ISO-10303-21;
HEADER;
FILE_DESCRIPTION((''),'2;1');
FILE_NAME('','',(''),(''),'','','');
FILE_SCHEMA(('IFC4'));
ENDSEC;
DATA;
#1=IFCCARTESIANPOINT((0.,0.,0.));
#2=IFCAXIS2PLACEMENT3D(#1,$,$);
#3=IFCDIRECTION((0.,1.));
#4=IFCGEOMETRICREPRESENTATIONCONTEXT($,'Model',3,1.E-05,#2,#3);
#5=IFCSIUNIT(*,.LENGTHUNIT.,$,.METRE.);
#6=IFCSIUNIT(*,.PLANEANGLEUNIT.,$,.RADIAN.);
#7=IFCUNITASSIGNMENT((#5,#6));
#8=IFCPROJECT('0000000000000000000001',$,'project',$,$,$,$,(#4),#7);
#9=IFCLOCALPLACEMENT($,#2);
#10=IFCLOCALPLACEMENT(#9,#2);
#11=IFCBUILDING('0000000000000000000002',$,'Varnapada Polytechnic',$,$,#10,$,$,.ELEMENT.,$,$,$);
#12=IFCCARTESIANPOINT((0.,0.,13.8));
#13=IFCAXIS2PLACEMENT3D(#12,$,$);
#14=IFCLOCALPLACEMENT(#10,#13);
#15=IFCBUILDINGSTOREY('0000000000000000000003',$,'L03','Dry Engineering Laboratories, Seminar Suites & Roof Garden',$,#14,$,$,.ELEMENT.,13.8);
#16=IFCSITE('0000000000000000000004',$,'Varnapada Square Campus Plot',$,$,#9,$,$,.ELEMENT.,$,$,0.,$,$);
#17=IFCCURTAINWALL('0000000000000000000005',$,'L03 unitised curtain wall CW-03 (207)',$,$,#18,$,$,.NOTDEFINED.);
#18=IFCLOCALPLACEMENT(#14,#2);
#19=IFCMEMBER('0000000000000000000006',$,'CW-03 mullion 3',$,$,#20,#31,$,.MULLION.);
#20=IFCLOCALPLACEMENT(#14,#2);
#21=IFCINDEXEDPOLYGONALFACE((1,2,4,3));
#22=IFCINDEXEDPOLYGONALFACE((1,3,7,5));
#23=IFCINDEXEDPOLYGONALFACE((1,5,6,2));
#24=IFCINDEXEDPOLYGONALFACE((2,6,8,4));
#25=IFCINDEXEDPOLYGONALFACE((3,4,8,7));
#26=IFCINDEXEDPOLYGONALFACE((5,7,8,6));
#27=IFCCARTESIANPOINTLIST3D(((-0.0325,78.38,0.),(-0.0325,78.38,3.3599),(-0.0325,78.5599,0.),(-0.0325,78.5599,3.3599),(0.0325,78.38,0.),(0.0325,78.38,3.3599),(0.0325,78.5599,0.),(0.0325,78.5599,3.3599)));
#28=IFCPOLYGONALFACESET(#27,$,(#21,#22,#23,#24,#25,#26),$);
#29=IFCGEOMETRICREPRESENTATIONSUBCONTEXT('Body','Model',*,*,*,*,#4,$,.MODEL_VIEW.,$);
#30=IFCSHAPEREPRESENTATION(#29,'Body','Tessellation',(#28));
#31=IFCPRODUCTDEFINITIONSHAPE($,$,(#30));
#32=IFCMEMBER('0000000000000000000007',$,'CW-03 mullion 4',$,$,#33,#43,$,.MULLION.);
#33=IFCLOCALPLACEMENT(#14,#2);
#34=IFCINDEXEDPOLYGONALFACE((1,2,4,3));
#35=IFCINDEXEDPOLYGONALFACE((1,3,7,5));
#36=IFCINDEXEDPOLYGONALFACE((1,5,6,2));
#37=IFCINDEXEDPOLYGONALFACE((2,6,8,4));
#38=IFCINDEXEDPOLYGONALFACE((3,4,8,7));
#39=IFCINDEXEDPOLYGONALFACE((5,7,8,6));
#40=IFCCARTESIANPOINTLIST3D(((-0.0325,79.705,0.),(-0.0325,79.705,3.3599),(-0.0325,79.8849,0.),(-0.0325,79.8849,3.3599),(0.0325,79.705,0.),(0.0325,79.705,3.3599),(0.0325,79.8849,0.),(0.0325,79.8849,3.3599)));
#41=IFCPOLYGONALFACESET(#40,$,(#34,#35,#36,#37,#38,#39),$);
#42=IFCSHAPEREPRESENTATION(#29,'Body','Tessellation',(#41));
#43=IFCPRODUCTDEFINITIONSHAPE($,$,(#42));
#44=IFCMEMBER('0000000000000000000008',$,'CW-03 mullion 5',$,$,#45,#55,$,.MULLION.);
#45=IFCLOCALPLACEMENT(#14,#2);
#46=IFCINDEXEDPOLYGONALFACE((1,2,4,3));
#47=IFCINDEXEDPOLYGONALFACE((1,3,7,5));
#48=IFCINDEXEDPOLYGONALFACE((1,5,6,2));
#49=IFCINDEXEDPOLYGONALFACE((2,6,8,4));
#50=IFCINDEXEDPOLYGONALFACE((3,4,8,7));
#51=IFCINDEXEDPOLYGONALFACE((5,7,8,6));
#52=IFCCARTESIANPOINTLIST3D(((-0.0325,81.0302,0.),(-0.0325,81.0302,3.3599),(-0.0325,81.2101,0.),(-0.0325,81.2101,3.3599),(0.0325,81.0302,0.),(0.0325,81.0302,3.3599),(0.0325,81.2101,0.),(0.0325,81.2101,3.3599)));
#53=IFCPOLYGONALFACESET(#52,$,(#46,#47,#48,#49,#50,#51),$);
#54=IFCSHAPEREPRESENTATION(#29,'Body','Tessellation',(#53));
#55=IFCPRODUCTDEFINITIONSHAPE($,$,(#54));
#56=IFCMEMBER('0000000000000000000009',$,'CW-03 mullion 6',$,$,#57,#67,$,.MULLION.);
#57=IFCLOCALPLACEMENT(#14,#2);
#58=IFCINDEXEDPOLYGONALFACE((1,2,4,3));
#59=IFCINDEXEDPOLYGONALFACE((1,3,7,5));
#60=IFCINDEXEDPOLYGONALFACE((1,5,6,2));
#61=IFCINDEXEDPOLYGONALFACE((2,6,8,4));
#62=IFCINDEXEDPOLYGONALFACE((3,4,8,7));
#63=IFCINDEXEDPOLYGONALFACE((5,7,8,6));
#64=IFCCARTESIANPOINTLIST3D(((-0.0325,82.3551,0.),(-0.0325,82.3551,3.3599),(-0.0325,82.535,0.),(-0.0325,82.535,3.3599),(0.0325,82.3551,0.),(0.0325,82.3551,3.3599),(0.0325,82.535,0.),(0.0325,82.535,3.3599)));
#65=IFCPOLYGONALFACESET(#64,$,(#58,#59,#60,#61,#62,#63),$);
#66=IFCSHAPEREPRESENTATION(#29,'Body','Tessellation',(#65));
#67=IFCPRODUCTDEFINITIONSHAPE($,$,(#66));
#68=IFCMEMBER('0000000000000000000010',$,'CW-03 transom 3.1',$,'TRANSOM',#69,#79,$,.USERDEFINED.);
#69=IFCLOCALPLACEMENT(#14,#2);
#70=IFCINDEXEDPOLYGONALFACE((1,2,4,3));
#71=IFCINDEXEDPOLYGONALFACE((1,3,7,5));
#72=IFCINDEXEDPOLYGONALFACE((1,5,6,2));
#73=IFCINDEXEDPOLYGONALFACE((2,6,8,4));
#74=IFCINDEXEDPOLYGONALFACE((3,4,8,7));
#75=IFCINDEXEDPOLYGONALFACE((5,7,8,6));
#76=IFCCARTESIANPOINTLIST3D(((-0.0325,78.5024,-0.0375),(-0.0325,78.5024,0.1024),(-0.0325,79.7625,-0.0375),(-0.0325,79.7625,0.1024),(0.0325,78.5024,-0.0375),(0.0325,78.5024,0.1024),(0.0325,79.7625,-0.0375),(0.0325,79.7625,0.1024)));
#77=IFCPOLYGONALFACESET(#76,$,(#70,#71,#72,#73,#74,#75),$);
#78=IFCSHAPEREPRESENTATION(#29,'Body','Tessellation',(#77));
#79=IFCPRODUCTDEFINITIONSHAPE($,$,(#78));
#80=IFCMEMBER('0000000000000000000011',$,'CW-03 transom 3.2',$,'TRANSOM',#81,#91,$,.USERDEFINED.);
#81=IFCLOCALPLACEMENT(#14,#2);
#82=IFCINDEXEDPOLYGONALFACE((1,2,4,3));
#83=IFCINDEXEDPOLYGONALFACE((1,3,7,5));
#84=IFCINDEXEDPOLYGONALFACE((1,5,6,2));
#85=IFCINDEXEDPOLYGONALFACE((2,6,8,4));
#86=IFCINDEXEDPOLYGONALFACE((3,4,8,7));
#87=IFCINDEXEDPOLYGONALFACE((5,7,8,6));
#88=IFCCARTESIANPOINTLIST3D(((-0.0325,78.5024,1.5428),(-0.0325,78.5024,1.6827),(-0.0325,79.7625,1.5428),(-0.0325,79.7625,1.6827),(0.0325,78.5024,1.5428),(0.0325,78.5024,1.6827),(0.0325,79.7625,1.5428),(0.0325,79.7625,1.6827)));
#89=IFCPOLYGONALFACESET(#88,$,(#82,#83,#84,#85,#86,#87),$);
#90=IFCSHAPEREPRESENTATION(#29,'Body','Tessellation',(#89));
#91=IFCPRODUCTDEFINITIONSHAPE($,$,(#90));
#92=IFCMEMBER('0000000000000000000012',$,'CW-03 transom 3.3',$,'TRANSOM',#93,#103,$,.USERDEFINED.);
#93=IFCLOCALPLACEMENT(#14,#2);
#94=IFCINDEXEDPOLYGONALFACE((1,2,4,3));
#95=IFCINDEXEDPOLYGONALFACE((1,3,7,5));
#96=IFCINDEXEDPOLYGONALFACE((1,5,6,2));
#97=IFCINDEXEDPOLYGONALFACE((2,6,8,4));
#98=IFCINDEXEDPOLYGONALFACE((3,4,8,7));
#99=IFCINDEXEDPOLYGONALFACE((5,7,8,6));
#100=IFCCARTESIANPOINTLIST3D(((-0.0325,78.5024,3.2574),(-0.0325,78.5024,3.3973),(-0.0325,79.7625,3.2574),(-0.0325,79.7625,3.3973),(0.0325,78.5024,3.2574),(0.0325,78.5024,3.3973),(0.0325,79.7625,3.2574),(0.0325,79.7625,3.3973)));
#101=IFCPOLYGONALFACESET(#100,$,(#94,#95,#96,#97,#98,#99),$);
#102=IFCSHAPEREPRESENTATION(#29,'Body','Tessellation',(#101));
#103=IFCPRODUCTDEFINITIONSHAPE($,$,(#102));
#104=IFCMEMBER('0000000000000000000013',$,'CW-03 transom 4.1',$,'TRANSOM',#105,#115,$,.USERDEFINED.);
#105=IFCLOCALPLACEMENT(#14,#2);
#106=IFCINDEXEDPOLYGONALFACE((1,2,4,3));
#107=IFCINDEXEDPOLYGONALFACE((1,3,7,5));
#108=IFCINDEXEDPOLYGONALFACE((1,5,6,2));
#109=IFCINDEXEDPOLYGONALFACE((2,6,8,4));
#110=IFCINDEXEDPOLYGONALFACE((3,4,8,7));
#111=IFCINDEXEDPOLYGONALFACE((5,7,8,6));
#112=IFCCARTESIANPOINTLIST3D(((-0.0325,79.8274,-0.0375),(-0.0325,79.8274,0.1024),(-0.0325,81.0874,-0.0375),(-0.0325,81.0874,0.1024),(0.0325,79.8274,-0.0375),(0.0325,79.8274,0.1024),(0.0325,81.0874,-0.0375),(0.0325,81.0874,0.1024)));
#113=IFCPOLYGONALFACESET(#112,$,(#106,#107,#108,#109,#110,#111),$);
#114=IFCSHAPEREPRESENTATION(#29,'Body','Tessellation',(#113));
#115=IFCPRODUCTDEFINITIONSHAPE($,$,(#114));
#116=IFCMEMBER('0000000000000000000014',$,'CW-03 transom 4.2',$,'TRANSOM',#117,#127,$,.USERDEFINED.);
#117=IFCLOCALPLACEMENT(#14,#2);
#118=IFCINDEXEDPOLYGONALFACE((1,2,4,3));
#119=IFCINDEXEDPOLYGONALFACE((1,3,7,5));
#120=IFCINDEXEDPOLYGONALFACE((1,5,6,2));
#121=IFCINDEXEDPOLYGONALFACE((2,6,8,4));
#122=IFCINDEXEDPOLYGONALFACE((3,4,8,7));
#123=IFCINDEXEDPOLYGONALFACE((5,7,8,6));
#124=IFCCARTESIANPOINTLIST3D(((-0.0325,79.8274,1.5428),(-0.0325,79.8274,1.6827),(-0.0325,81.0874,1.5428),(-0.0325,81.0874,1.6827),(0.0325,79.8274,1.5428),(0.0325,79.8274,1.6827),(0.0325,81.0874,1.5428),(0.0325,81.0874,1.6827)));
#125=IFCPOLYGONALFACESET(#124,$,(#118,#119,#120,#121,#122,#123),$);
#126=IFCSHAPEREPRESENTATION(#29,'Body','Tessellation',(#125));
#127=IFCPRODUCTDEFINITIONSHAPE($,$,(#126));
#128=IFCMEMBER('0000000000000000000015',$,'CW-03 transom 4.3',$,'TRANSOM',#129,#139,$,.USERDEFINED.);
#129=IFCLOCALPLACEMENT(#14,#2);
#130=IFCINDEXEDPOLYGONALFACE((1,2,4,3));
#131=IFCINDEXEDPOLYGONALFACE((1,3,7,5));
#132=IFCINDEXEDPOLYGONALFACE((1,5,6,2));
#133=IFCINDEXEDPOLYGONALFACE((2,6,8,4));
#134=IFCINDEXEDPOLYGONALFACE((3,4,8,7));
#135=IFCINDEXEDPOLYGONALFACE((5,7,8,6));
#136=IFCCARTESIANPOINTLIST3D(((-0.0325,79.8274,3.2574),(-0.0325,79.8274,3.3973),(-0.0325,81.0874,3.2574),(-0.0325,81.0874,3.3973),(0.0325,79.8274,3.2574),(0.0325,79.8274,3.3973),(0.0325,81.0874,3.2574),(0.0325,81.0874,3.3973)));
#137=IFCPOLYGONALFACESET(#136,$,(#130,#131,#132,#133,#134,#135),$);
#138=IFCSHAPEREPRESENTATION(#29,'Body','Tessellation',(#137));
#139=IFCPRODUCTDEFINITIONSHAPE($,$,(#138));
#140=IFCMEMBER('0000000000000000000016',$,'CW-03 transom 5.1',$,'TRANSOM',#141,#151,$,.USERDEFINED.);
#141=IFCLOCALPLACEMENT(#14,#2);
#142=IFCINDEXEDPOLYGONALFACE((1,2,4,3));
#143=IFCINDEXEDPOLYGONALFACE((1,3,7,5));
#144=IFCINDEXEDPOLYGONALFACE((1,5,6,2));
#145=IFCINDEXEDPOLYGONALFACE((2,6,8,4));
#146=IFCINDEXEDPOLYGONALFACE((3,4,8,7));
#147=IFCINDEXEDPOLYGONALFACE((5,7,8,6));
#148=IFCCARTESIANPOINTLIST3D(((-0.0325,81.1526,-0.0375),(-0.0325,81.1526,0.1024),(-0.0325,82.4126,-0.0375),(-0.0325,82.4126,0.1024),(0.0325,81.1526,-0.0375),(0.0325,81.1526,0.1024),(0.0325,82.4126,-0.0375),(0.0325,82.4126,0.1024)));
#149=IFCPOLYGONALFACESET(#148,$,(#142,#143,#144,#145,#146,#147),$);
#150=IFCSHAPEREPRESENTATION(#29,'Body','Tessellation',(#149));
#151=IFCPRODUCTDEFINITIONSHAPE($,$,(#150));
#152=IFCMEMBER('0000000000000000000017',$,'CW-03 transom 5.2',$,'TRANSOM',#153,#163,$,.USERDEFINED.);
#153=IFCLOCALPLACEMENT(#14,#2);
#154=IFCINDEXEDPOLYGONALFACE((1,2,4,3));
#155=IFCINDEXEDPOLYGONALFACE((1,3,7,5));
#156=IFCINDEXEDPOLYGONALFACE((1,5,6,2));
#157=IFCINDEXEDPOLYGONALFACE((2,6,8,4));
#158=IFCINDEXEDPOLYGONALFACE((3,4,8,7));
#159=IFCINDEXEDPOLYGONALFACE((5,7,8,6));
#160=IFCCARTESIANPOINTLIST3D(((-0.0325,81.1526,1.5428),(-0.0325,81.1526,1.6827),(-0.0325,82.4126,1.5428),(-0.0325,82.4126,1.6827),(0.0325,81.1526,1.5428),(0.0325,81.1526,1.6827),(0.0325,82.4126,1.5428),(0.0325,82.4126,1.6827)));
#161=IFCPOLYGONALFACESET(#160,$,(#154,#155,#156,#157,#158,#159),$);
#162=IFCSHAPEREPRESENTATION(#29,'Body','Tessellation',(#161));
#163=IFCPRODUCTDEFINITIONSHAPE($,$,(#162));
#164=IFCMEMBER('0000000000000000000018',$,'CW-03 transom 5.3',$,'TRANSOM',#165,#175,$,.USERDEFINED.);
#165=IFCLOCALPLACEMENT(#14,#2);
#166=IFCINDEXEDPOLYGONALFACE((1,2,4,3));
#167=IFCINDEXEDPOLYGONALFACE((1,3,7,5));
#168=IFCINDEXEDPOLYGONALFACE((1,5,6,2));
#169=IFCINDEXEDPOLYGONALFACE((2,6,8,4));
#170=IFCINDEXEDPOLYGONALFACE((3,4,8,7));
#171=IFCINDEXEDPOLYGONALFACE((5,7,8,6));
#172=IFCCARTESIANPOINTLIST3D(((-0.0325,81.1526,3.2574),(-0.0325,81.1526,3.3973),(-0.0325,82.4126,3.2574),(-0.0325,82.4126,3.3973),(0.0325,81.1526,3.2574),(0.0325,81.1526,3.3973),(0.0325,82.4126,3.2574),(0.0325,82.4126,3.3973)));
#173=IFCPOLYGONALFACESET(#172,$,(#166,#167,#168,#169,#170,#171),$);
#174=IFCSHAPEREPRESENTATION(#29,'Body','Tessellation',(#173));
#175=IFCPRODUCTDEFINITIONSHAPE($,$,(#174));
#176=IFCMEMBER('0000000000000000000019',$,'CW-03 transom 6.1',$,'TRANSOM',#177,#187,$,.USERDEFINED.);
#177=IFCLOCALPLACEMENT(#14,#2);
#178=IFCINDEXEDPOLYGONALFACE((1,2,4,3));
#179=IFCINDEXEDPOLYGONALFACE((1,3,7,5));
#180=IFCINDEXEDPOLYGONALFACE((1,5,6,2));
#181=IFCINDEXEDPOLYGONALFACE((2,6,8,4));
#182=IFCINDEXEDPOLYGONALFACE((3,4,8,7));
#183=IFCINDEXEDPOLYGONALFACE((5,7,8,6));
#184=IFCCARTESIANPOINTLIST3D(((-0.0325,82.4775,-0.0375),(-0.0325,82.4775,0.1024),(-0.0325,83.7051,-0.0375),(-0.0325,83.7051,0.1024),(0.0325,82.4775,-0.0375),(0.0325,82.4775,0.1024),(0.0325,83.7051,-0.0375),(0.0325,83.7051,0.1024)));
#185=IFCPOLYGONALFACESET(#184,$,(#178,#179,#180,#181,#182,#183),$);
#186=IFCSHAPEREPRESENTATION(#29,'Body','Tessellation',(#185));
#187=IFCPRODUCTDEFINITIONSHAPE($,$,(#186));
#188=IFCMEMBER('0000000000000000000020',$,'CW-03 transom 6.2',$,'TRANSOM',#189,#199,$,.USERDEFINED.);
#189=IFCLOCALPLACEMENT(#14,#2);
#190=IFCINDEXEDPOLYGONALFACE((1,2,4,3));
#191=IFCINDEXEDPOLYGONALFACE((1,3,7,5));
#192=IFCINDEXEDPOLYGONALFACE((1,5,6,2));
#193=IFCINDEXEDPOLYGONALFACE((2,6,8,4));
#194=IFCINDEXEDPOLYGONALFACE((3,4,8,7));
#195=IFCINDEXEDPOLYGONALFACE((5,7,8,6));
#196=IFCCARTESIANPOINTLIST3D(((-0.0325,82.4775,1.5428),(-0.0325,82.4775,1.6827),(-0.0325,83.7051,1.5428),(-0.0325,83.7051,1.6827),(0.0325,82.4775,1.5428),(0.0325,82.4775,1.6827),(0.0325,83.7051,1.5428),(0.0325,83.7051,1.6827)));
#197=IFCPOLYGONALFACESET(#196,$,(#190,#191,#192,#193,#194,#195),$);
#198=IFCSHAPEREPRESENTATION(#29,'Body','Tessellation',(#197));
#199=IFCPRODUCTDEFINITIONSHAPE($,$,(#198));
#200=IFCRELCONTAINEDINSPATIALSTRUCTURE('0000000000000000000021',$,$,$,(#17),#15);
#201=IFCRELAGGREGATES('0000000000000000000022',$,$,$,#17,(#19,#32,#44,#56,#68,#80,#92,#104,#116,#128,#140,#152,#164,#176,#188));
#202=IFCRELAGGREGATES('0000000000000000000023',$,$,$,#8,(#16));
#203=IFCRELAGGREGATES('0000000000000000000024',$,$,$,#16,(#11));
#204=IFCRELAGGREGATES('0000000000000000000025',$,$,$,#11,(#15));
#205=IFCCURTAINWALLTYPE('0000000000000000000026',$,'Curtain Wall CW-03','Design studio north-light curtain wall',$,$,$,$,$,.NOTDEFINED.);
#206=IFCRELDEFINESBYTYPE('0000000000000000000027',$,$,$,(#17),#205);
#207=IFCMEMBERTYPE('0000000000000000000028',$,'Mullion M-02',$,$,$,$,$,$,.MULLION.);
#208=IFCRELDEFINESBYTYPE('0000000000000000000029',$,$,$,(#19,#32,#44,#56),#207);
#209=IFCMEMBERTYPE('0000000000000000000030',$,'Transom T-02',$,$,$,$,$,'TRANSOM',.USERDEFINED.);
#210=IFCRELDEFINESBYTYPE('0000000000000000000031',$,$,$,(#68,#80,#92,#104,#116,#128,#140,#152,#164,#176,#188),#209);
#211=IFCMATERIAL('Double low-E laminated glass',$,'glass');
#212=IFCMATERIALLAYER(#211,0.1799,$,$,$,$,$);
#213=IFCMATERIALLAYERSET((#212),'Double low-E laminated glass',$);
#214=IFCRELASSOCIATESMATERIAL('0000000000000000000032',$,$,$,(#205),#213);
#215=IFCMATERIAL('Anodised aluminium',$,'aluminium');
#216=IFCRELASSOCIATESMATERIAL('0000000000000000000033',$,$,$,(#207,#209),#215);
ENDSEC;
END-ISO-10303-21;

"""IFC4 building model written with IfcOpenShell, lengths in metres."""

from ifc_helpers import new_model, si_unit, direction, frame, origin, origin_2d, place, context, subcontext, project, spatial, rectangle, extrude, material, layer, layer_set, material_profile, profile_set, type_object, element, aggregate, save


model = new_model("IFC4")

# Units and contexts
model_context = context("Model", 3, precision=1e-05, world=origin(), true_north=direction((0.0, 1.0)))
body_context = subcontext(model_context, "Body", "Model", "MODEL_VIEW")
ifc_project = project(units=[si_unit("LENGTHUNIT", "METRE"), si_unit("PLANEANGLEUNIT", "RADIAN")], contexts=[model_context])

# Site, building, storey
site_placement = place(None, origin())
site = spatial("IfcSite", under=ifc_project, at=site_placement, Name="Varnapada Square Campus Plot", CompositionType="ELEMENT", RefElevation=0.0)
building_placement = place(site_placement, origin())
building = spatial("IfcBuilding", under=site, at=building_placement, Name="Varnapada Polytechnic", CompositionType="ELEMENT")
storey_placement = place(building_placement, frame((0.0, 0.0, 13.8)))
storey = spatial("IfcBuildingStorey", under=building, at=storey_placement, Name="L03", Description="Dry Engineering Laboratories, Seminar Suites & Roof Garden", CompositionType="ELEMENT", Elevation=13.8)

# Curtain wall, members
ifc_material_1 = material(Name="Double low-E laminated glass", Category="glass")
ifc_layer_1 = layer(ifc_material_1, 0.1799)
ifc_layer_set_1 = layer_set([ifc_layer_1], Name="Double low-E laminated glass")
curtain_wall_type = type_object("IfcCurtainWallType", Name="Curtain Wall CW-03", Description="Design studio north-light curtain wall", PredefinedType="NOTDEFINED", material=ifc_layer_set_1)
curtain_wall_placement = place(storey_placement, origin())
curtain_wall = element("IfcCurtainWall", 1, at=curtain_wall_placement, inside=storey, type_object=curtain_wall_type, Name="L03 unitised curtain wall CW-03 (207)", PredefinedType="NOTDEFINED")
ifc_material_2 = material(Name="Anodised aluminium", Category="aluminium")
ifc_material_profile_1 = material_profile(ifc_material_2, rectangle(XDim=0.0649, YDim=0.1799, at=origin_2d()), Name="ALU M65x180")
ifc_profile_set_1 = profile_set([ifc_material_profile_1], Name="Anodised aluminium")
member_type_1 = type_object("IfcMemberType", Name="Mullion M-02", PredefinedType="MULLION", material=ifc_profile_set_1)
member_1_placement = place(storey_placement, frame((0.0, 78.47, 0.0), z_axis=(0.0, 0.0, 1.0), x_axis=(-1.0, 0.0, 0.0)))
member_1 = element("IfcMember", 2, at=member_1_placement, type_object=member_type_1, Name="CW-03 mullion 3", PredefinedType="MULLION", context=body_context, shape_type="SweptSolid", body=[
    extrude(rectangle(XDim=0.0649, YDim=0.1799, at=origin_2d()), origin(), (0.0, 0.0, 1.0), 3.3599),
])
member_2_placement = place(storey_placement, frame((0.0, 79.7949, 0.0), z_axis=(0.0, 0.0, 1.0), x_axis=(-1.0, 0.0, 0.0)))
member_2 = element("IfcMember", 3, at=member_2_placement, type_object=member_type_1, Name="CW-03 mullion 4", PredefinedType="MULLION", context=body_context, shape_type="SweptSolid", body=[
    extrude(rectangle(XDim=0.0649, YDim=0.1799, at=origin_2d()), origin(), (0.0, 0.0, 1.0), 3.3599),
])
member_3_placement = place(storey_placement, frame((0.0, 81.1201, 0.0), z_axis=(0.0, 0.0, 1.0), x_axis=(-1.0, 0.0, 0.0)))
member_3 = element("IfcMember", 4, at=member_3_placement, type_object=member_type_1, Name="CW-03 mullion 5", PredefinedType="MULLION", context=body_context, shape_type="SweptSolid", body=[
    extrude(rectangle(XDim=0.0649, YDim=0.1799, at=origin_2d()), origin(), (0.0, 0.0, 1.0), 3.3599),
])
member_4_placement = place(storey_placement, frame((0.0, 82.4451, 0.0), z_axis=(0.0, 0.0, 1.0), x_axis=(-1.0, 0.0, 0.0)))
member_4 = element("IfcMember", 5, at=member_4_placement, type_object=member_type_1, Name="CW-03 mullion 6", PredefinedType="MULLION", context=body_context, shape_type="SweptSolid", body=[
    extrude(rectangle(XDim=0.0649, YDim=0.1799, at=origin_2d()), origin(), (0.0, 0.0, 1.0), 3.3599),
])
ifc_material_profile_2 = material_profile(ifc_material_2, rectangle(XDim=0.0649, YDim=0.1399, at=origin_2d()), Name="ALU T65x140")
ifc_profile_set_2 = profile_set([ifc_material_profile_2], Name="Anodised aluminium")
member_type_2 = type_object("IfcMemberType", Name="Transom T-02", ElementType="TRANSOM", PredefinedType="USERDEFINED", material=ifc_profile_set_2)
member_5_placement = place(storey_placement, frame((0.0, 78.5024, 0.0325), z_axis=(0.0, 1.0, 0.0), x_axis=(-1.0, 0.0, 0.0)))
member_5 = element("IfcMember", 6, at=member_5_placement, type_object=member_type_2, Name="CW-03 transom 3.1", ObjectType="TRANSOM", PredefinedType="USERDEFINED", context=body_context, shape_type="SweptSolid", body=[
    extrude(rectangle(XDim=0.0649, YDim=0.1399, at=origin_2d()), origin(), (0.0, 0.0, 1.0), 1.26),
])
member_6_placement = place(storey_placement, frame((0.0, 78.5024, 1.6128), z_axis=(0.0, 1.0, 0.0), x_axis=(-1.0, 0.0, 0.0)))
member_6 = element("IfcMember", 7, at=member_6_placement, type_object=member_type_2, Name="CW-03 transom 3.2", ObjectType="TRANSOM", PredefinedType="USERDEFINED", context=body_context, shape_type="SweptSolid", body=[
    extrude(rectangle(XDim=0.0649, YDim=0.1399, at=origin_2d()), origin(), (0.0, 0.0, 1.0), 1.26),
])
member_7_placement = place(storey_placement, frame((0.0, 78.5024, 3.3274), z_axis=(0.0, 1.0, 0.0), x_axis=(-1.0, 0.0, 0.0)))
member_7 = element("IfcMember", 8, at=member_7_placement, type_object=member_type_2, Name="CW-03 transom 3.3", ObjectType="TRANSOM", PredefinedType="USERDEFINED", context=body_context, shape_type="SweptSolid", body=[
    extrude(rectangle(XDim=0.0649, YDim=0.1399, at=origin_2d()), origin(), (0.0, 0.0, 1.0), 1.26),
])
member_8_placement = place(storey_placement, frame((0.0, 79.8274, 0.0325), z_axis=(0.0, 1.0, 0.0), x_axis=(-1.0, 0.0, 0.0)))
member_8 = element("IfcMember", 9, at=member_8_placement, type_object=member_type_2, Name="CW-03 transom 4.1", ObjectType="TRANSOM", PredefinedType="USERDEFINED", context=body_context, shape_type="SweptSolid", body=[
    extrude(rectangle(XDim=0.0649, YDim=0.1399, at=origin_2d()), origin(), (0.0, 0.0, 1.0), 1.26),
])
member_9_placement = place(storey_placement, frame((0.0, 79.8274, 1.6128), z_axis=(0.0, 1.0, 0.0), x_axis=(-1.0, 0.0, 0.0)))
member_9 = element("IfcMember", 10, at=member_9_placement, type_object=member_type_2, Name="CW-03 transom 4.2", ObjectType="TRANSOM", PredefinedType="USERDEFINED", context=body_context, shape_type="SweptSolid", body=[
    extrude(rectangle(XDim=0.0649, YDim=0.1399, at=origin_2d()), origin(), (0.0, 0.0, 1.0), 1.26),
])
member_10_placement = place(storey_placement, frame((0.0, 79.8274, 3.3274), z_axis=(0.0, 1.0, 0.0), x_axis=(-1.0, 0.0, 0.0)))
member_10 = element("IfcMember", 11, at=member_10_placement, type_object=member_type_2, Name="CW-03 transom 4.3", ObjectType="TRANSOM", PredefinedType="USERDEFINED", context=body_context, shape_type="SweptSolid", body=[
    extrude(rectangle(XDim=0.0649, YDim=0.1399, at=origin_2d()), origin(), (0.0, 0.0, 1.0), 1.26),
])
member_11_placement = place(storey_placement, frame((0.0, 81.1526, 0.0325), z_axis=(0.0, 1.0, 0.0), x_axis=(-1.0, 0.0, 0.0)))
member_11 = element("IfcMember", 12, at=member_11_placement, type_object=member_type_2, Name="CW-03 transom 5.1", ObjectType="TRANSOM", PredefinedType="USERDEFINED", context=body_context, shape_type="SweptSolid", body=[
    extrude(rectangle(XDim=0.0649, YDim=0.1399, at=origin_2d()), origin(), (0.0, 0.0, 1.0), 1.26),
])
member_12_placement = place(storey_placement, frame((0.0, 81.1526, 1.6128), z_axis=(0.0, 1.0, 0.0), x_axis=(-1.0, 0.0, 0.0)))
member_12 = element("IfcMember", 13, at=member_12_placement, type_object=member_type_2, Name="CW-03 transom 5.2", ObjectType="TRANSOM", PredefinedType="USERDEFINED", context=body_context, shape_type="SweptSolid", body=[
    extrude(rectangle(XDim=0.0649, YDim=0.1399, at=origin_2d()), origin(), (0.0, 0.0, 1.0), 1.26),
])
member_13_placement = place(storey_placement, frame((0.0, 81.1526, 3.3274), z_axis=(0.0, 1.0, 0.0), x_axis=(-1.0, 0.0, 0.0)))
member_13 = element("IfcMember", 14, at=member_13_placement, type_object=member_type_2, Name="CW-03 transom 5.3", ObjectType="TRANSOM", PredefinedType="USERDEFINED", context=body_context, shape_type="SweptSolid", body=[
    extrude(rectangle(XDim=0.0649, YDim=0.1399, at=origin_2d()), origin(), (0.0, 0.0, 1.0), 1.26),
])
member_14_placement = place(storey_placement, frame((0.0, 82.4775, 0.0325), z_axis=(0.0, 1.0, 0.0), x_axis=(-1.0, 0.0, 0.0)))
member_14 = element("IfcMember", 15, at=member_14_placement, type_object=member_type_2, Name="CW-03 transom 6.1", ObjectType="TRANSOM", PredefinedType="USERDEFINED", context=body_context, shape_type="SweptSolid", body=[
    extrude(rectangle(XDim=0.0649, YDim=0.1399, at=origin_2d()), origin(), (0.0, 0.0, 1.0), 1.2275),
])
member_15_placement = place(storey_placement, frame((0.0, 82.4775, 1.6128), z_axis=(0.0, 1.0, 0.0), x_axis=(-1.0, 0.0, 0.0)))
member_15 = element("IfcMember", 16, at=member_15_placement, type_object=member_type_2, Name="CW-03 transom 6.2", ObjectType="TRANSOM", PredefinedType="USERDEFINED", context=body_context, shape_type="SweptSolid", body=[
    extrude(rectangle(XDim=0.0649, YDim=0.1399, at=origin_2d()), origin(), (0.0, 0.0, 1.0), 1.2275),
])
aggregate(curtain_wall, [member_1, member_2, member_3, member_4, member_5, member_6, member_7, member_8, member_9, member_10, member_11, member_12, member_13, member_14, member_15])

save(model, "model.ifc")
